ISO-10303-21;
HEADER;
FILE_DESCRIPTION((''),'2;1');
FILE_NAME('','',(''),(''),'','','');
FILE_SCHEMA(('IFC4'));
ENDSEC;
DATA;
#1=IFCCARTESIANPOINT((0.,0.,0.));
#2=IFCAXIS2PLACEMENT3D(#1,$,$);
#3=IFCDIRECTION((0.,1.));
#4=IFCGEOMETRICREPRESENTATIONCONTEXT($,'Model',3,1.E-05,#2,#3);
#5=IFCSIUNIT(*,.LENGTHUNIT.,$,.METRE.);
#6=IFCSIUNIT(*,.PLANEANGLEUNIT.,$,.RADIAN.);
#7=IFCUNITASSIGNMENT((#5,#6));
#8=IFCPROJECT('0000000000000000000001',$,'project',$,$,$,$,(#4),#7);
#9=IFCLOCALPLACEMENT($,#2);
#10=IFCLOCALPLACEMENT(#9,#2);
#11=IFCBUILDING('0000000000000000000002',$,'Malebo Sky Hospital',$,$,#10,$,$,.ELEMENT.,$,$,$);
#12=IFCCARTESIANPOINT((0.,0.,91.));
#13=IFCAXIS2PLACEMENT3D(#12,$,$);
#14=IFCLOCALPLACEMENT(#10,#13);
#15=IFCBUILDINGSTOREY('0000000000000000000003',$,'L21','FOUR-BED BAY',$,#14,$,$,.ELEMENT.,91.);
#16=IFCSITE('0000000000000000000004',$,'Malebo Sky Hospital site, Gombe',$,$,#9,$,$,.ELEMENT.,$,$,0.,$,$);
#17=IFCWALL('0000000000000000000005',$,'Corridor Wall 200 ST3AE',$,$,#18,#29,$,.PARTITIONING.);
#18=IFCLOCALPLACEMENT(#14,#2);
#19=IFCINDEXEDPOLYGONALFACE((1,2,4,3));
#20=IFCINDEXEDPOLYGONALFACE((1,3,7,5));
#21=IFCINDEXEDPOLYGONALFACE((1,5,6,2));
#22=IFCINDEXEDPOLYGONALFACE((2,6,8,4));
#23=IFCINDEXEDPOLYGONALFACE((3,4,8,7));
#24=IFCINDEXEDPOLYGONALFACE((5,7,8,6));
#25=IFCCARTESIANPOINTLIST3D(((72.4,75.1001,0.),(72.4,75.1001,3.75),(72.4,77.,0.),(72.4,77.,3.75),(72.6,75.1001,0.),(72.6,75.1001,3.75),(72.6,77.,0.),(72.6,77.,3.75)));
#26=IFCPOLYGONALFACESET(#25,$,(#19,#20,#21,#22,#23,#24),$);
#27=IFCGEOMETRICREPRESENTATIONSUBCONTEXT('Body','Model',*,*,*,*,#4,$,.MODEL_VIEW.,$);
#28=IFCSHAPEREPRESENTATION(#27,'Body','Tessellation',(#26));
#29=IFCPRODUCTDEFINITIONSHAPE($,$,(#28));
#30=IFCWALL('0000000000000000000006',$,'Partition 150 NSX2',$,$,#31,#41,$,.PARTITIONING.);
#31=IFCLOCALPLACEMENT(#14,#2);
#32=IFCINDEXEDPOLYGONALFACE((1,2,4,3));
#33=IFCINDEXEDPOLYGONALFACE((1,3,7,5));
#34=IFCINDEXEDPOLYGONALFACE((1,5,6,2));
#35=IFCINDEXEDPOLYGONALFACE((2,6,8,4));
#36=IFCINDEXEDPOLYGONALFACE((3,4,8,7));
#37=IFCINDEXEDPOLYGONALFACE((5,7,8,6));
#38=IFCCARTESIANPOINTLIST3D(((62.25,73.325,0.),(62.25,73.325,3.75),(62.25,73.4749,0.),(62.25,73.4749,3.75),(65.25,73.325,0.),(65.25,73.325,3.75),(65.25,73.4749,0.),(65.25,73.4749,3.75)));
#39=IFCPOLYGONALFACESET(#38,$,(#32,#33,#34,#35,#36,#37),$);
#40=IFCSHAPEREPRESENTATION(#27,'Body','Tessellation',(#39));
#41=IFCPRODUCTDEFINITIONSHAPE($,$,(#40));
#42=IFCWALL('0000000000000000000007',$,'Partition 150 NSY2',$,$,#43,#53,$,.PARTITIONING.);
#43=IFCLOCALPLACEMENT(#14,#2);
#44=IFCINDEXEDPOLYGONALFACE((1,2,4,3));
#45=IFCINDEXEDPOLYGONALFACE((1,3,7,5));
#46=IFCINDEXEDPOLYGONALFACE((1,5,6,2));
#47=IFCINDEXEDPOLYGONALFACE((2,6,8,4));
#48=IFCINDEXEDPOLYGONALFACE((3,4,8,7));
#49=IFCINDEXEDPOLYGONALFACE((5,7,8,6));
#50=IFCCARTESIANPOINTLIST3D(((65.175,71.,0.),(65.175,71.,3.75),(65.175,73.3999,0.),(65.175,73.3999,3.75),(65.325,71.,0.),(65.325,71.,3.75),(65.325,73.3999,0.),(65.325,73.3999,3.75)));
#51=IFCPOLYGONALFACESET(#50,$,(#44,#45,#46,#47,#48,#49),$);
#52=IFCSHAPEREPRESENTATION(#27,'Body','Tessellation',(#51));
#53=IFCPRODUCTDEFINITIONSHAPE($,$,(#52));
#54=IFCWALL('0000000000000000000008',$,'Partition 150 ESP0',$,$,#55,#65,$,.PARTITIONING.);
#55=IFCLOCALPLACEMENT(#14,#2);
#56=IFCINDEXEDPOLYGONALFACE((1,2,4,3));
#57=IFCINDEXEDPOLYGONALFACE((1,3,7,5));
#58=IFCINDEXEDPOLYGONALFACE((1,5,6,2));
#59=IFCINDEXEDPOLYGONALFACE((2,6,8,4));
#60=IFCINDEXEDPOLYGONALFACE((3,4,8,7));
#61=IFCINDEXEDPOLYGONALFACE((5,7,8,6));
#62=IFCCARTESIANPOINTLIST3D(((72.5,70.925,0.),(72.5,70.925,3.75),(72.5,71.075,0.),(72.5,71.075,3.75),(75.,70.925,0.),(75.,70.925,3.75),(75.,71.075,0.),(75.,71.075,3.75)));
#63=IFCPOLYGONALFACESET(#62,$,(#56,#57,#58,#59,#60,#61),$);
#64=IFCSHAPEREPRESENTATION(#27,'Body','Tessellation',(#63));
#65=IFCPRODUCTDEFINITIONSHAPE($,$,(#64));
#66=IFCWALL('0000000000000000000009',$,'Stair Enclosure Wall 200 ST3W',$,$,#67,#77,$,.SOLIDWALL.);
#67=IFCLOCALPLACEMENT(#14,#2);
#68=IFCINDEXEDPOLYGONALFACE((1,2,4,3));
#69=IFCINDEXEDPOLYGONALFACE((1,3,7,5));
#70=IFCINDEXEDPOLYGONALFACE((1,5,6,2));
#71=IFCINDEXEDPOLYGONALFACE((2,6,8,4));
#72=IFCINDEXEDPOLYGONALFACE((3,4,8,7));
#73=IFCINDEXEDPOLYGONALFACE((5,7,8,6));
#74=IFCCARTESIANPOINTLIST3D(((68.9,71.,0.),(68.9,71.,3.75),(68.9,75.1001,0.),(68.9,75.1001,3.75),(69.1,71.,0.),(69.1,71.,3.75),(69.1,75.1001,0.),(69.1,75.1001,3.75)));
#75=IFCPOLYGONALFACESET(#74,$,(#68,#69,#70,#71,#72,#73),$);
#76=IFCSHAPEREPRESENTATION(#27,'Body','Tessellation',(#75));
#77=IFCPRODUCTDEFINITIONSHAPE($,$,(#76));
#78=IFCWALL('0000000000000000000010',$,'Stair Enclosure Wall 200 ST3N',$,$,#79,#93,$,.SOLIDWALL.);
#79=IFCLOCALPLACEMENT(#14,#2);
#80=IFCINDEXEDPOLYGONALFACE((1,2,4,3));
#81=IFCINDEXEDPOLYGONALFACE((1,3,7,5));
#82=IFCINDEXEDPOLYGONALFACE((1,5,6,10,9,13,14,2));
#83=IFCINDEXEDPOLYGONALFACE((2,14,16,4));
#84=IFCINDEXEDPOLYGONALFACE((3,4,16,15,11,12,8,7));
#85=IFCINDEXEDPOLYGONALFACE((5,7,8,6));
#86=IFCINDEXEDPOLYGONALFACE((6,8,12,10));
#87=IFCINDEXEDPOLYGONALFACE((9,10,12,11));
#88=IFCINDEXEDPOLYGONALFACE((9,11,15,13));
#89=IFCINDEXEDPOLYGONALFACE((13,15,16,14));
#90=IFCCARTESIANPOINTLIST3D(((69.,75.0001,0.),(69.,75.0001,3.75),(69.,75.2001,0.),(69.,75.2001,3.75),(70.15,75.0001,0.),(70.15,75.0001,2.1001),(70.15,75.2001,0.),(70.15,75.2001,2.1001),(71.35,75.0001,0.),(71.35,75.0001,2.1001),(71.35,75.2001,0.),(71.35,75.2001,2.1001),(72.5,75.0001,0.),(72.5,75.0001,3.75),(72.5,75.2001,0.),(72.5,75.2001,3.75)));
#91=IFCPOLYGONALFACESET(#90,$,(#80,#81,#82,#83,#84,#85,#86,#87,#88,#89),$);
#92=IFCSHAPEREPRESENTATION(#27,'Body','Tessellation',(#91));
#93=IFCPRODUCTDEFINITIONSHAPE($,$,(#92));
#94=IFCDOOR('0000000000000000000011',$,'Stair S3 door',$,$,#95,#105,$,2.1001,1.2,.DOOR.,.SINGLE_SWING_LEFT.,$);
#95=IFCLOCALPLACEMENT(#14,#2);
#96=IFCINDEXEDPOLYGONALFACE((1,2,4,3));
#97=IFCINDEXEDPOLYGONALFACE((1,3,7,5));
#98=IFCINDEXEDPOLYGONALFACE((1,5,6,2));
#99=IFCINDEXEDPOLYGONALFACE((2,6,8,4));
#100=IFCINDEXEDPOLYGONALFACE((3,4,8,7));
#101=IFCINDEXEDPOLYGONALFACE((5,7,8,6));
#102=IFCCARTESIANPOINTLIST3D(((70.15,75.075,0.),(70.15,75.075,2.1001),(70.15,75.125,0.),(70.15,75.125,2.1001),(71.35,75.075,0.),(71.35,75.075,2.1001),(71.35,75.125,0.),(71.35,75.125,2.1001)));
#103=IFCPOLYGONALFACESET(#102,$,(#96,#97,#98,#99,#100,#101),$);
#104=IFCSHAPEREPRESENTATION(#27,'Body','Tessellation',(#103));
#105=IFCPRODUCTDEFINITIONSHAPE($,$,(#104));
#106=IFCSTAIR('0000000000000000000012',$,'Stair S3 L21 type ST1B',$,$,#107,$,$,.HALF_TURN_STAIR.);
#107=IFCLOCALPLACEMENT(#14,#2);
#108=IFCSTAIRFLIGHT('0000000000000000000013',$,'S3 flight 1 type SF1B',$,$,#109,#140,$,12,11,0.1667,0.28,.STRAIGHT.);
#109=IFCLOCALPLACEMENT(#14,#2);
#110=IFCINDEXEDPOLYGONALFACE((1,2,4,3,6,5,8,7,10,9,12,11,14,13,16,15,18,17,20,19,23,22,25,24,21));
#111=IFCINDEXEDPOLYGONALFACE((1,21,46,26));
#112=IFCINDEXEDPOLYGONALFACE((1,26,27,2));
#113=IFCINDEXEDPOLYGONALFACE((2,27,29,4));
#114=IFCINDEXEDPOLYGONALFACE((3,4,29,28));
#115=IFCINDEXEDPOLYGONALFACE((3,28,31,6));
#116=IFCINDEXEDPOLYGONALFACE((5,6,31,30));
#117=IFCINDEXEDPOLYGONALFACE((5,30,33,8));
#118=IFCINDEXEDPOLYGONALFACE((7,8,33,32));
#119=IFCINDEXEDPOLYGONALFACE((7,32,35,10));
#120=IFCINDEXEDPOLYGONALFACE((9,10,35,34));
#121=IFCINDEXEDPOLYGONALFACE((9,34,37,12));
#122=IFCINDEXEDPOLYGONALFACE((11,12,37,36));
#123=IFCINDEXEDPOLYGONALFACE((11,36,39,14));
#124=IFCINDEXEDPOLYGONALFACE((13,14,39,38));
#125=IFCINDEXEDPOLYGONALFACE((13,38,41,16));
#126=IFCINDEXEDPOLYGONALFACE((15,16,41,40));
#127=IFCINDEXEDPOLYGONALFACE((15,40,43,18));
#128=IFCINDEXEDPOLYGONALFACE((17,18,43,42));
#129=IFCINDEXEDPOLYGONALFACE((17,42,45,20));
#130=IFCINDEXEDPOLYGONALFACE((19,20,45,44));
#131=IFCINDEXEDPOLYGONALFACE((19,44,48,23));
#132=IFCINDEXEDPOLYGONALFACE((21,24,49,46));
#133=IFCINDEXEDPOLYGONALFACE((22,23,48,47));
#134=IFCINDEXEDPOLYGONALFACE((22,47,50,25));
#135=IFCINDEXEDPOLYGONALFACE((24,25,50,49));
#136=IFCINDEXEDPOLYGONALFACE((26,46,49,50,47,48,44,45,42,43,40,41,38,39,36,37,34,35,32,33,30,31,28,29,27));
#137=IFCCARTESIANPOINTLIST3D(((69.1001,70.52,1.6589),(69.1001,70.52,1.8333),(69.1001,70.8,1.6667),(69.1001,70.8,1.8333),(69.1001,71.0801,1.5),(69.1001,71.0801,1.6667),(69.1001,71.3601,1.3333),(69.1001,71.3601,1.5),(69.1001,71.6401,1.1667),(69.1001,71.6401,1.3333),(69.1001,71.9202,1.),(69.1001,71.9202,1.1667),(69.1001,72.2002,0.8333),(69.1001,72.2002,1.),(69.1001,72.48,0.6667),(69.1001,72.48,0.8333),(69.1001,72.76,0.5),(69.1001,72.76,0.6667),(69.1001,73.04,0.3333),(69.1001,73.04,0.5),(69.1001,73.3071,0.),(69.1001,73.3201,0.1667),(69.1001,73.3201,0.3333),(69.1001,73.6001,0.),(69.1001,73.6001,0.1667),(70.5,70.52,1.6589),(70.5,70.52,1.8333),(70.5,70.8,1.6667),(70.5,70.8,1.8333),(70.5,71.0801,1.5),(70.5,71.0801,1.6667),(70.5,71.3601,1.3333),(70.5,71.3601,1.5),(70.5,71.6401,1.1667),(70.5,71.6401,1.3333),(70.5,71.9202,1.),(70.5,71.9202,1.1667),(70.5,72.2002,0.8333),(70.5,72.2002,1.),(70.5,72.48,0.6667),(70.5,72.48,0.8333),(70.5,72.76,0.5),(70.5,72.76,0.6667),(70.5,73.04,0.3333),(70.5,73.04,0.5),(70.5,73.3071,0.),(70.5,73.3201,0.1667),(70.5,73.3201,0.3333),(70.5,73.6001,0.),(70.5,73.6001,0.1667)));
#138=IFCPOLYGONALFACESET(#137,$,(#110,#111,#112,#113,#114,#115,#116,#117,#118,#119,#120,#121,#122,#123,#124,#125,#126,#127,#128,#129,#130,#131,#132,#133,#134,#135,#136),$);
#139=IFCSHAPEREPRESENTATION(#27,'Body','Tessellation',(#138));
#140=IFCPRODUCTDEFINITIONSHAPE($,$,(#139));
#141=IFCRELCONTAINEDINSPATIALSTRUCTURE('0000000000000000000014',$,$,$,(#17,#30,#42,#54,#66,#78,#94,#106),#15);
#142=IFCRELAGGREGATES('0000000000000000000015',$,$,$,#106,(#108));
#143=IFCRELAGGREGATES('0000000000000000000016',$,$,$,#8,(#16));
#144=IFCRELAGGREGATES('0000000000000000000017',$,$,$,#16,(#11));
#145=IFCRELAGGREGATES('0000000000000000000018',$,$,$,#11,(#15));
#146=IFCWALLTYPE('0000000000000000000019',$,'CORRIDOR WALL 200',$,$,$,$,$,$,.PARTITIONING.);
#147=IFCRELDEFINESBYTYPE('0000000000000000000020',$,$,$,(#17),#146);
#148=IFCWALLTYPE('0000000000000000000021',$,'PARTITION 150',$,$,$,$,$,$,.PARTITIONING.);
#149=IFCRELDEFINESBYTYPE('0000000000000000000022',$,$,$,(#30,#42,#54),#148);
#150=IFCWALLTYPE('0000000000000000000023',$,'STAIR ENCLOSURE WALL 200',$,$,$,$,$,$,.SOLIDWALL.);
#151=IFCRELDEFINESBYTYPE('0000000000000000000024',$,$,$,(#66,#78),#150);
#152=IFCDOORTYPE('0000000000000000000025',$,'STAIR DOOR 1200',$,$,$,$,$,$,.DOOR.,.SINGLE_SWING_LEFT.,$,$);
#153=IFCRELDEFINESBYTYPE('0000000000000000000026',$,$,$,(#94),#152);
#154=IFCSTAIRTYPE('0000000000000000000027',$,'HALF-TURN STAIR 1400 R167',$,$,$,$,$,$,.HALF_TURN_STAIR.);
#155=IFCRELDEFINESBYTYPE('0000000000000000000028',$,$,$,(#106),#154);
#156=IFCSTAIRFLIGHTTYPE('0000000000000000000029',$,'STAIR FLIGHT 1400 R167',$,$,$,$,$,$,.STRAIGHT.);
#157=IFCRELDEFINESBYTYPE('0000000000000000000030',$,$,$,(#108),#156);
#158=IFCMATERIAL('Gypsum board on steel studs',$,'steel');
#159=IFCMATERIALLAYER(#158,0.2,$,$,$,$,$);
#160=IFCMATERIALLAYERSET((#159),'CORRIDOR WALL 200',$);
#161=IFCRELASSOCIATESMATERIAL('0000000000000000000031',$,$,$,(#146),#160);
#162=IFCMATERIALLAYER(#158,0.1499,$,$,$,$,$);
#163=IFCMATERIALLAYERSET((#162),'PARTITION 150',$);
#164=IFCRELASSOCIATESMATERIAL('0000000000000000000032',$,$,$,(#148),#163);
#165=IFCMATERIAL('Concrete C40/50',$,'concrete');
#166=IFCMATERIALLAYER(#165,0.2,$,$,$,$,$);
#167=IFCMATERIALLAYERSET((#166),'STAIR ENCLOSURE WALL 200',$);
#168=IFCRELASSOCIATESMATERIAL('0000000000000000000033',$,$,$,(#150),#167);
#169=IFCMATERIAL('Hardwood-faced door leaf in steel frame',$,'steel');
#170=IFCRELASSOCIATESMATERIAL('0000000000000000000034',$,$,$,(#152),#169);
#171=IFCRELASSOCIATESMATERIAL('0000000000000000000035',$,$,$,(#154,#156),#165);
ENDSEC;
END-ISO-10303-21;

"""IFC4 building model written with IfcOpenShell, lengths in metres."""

from ifc_helpers import new_model, si_unit, direction, frame, frame_2d, origin, place, context, subcontext, project, spatial, polyline, rectangle, outline, extrude, material, layer, layer_set, type_object, element, fill, aggregate, save


model = new_model("IFC4")

# Units and contexts
model_context = context("Model", 3, precision=1e-05, world=origin(), true_north=direction((0.0, 1.0)))
body_context = subcontext(model_context, "Body", "Model", "MODEL_VIEW")
ifc_project = project(units=[si_unit("LENGTHUNIT", "METRE"), si_unit("PLANEANGLEUNIT", "RADIAN")], contexts=[model_context])

# Site, building, storey
site_placement = place(None, origin())
site = spatial("IfcSite", under=ifc_project, at=site_placement, Name="Malebo Sky Hospital site, Gombe", CompositionType="ELEMENT", RefElevation=0.0)
building_placement = place(site_placement, origin())
building = spatial("IfcBuilding", under=site, at=building_placement, Name="Malebo Sky Hospital", CompositionType="ELEMENT")
storey_placement = place(building_placement, frame((0.0, 0.0, 91.0)))
storey = spatial("IfcBuildingStorey", under=building, at=storey_placement, Name="L21", Description="FOUR-BED BAY", CompositionType="ELEMENT", Elevation=91.0)

# Shared definitions
ifc_material_1 = material(Name="Gypsum board on steel studs", Category="steel")
ifc_layer_1 = layer(ifc_material_1, 0.2)
ifc_layer_set_1 = layer_set([ifc_layer_1], Name="CORRIDOR WALL 200")
wall_type_1 = type_object("IfcWallType", Name="CORRIDOR WALL 200", PredefinedType="PARTITIONING", material=ifc_layer_set_1)
ifc_material_2 = material(Name="Hardwood-faced door leaf in steel frame", Category="steel")

# Walls
for number, where, z_axis, x_axis, name in (
    (1, (72.5, 75.1001, 0.0), (0.0, 0.0, 1.0), (0.0, 1.0, 0.0), "Corridor Wall 200 ST3AE"),
):
    element("IfcWall", number, at=place(storey_placement, frame(where, z_axis=z_axis, x_axis=x_axis)), inside=storey, type_object=wall_type_1, Name=name, PredefinedType="PARTITIONING", context=body_context, shape_type="SweptSolid", body=[
        extrude(rectangle(XDim=1.8999, YDim=0.2, at=frame_2d((0.95, 0.0))), origin(), (0.0, 0.0, 1.0), 3.75),
    ])
ifc_layer_2 = layer(ifc_material_1, 0.1499)
ifc_layer_set_2 = layer_set([ifc_layer_2], Name="PARTITION 150")
wall_type_2 = type_object("IfcWallType", Name="PARTITION 150", PredefinedType="PARTITIONING", material=ifc_layer_set_2)
wall_1_placement = place(storey_placement, frame((62.25, 73.3999, 0.0), z_axis=(0.0, 0.0, 1.0), x_axis=(1.0, 0.0, 0.0)))
element("IfcWall", 2, at=wall_1_placement, inside=storey, type_object=wall_type_2, Name="Partition 150 NSX2", PredefinedType="PARTITIONING", context=body_context, shape_type="SweptSolid", body=[
    extrude(rectangle(XDim=3.0, YDim=0.1499, at=frame_2d((1.5, 0.0))), origin(), (0.0, 0.0, 1.0), 3.75),
])
wall_2_placement = place(storey_placement, frame((65.25, 71.0, 0.0), z_axis=(0.0, 0.0, 1.0), x_axis=(0.0, 1.0, 0.0)))
element("IfcWall", 3, at=wall_2_placement, inside=storey, type_object=wall_type_2, Name="Partition 150 NSY2", PredefinedType="PARTITIONING", context=body_context, shape_type="SweptSolid", body=[
    extrude(rectangle(XDim=2.3999, YDim=0.1499, at=frame_2d((1.2, 0.0))), origin(), (0.0, 0.0, 1.0), 3.75),
])
wall_3_placement = place(storey_placement, frame((72.5, 71.0, 0.0), z_axis=(0.0, 0.0, 1.0), x_axis=(1.0, 0.0, 0.0)))
element("IfcWall", 4, at=wall_3_placement, inside=storey, type_object=wall_type_2, Name="Partition 150 ESP0", PredefinedType="PARTITIONING", context=body_context, shape_type="SweptSolid", body=[
    extrude(rectangle(XDim=2.5, YDim=0.1499, at=frame_2d((1.25, 0.0))), origin(), (0.0, 0.0, 1.0), 3.75),
])
ifc_material_3 = material(Name="Concrete C40/50", Category="concrete")
ifc_layer_3 = layer(ifc_material_3, 0.2)
ifc_layer_set_3 = layer_set([ifc_layer_3], Name="STAIR ENCLOSURE WALL 200")
wall_type_3 = type_object("IfcWallType", Name="STAIR ENCLOSURE WALL 200", PredefinedType="SOLIDWALL", material=ifc_layer_set_3)
wall_4_placement = place(storey_placement, frame((69.0, 71.0, 0.0), z_axis=(0.0, 0.0, 1.0), x_axis=(0.0, 1.0, 0.0)))
element("IfcWall", 5, at=wall_4_placement, inside=storey, type_object=wall_type_3, Name="Stair Enclosure Wall 200 ST3W", PredefinedType="SOLIDWALL", context=body_context, shape_type="SweptSolid", body=[
    extrude(rectangle(XDim=4.1001, YDim=0.2, at=frame_2d((2.05, 0.0))), origin(), (0.0, 0.0, 1.0), 3.75),
])

# Wall, opening, door
wall_5_placement = place(storey_placement, frame((69.0, 75.1001, 0.0), z_axis=(0.0, 0.0, 1.0), x_axis=(1.0, 0.0, 0.0)))
wall_5 = element("IfcWall", 6, at=wall_5_placement, inside=storey, type_object=wall_type_3, Name="Stair Enclosure Wall 200 ST3N", PredefinedType="SOLIDWALL", context=body_context, shape_type="SweptSolid", body=[
    extrude(rectangle(XDim=3.5, YDim=0.2, at=frame_2d((1.75, 0.0))), origin(), (0.0, 0.0, 1.0), 3.75),
])
opening_1_placement = place(wall_5_placement, frame((1.1499, 0.0, 0.0)))
opening_1 = element("IfcOpeningElement", 7, at=opening_1_placement, cuts=wall_5, PredefinedType="OPENING", context=body_context, shape_type="SweptSolid", body=[
    extrude(rectangle(XDim=1.2, YDim=2.1001, at=frame_2d((0.6001, 1.05))), frame((0.0, 0.1099, 0.0), z_axis=(0.0, -1.0, 0.0), x_axis=(1.0, 0.0, 0.0)), (0.0, 0.0, 1.0), 0.22),
])
door_type_1 = type_object("IfcDoorType", Name="STAIR DOOR 1200", OperationType="SINGLE_SWING_LEFT", PredefinedType="DOOR", material=ifc_material_2)
door_1_placement = place(opening_1_placement, origin())
door_1 = element("IfcDoor", 8, at=door_1_placement, inside=storey, type_object=door_type_1, Name="Stair S3 door", OperationType="SINGLE_SWING_LEFT", OverallHeight=2.1001, OverallWidth=1.2, PredefinedType="DOOR", context=body_context, shape_type="SweptSolid", body=[
    extrude(rectangle(XDim=1.2, YDim=2.1001, at=frame_2d((0.6001, 1.05))), frame((0.0, 0.0249, 0.0), z_axis=(0.0, -1.0, 0.0), x_axis=(1.0, 0.0, 0.0)), (0.0, 0.0, 1.0), 0.05),
])
fill(opening_1, door_1)

# Stair, stair flight
stair_type = type_object("IfcStairType", Name="HALF-TURN STAIR 1400 R167", PredefinedType="HALF_TURN_STAIR", material=ifc_material_3)
stair_placement = place(storey_placement, origin())
stair = element("IfcStair", 9, at=stair_placement, inside=storey, type_object=stair_type, Name="Stair S3 L21 type ST1B", PredefinedType="HALF_TURN_STAIR")
stair_flight_type = type_object("IfcStairFlightType", Name="STAIR FLIGHT 1400 R167", PredefinedType="STRAIGHT", material=ifc_material_3)
stair_flight_placement = place(storey_placement, frame((69.8, 73.6001, 0.0), z_axis=(0.0, 0.0, 1.0), x_axis=(0.0, -1.0, 0.0)))
stair_flight = element("IfcStairFlight", 10, at=stair_flight_placement, type_object=stair_flight_type, Name="S3 flight 1 type SF1B", NumberOfRisers=12, NumberOfTreads=11, PredefinedType="STRAIGHT", RiserHeight=0.1667, TreadLength=0.28, context=body_context, shape_type="SweptSolid", body=[
    extrude(outline(polyline([(0.0, 0.0), (0.0, 0.1667), (0.28, 0.1667), (0.28, 0.3333), (0.5601, 0.3333), (0.5601, 0.5), (0.8401, 0.5), (0.8401, 0.6667), (1.1201, 0.6667), (1.1201, 0.8333), (1.3999, 0.8333), (1.3999, 1.0), (1.6799, 1.0), (1.6799, 1.1667), (1.96, 1.1667), (1.96, 1.3333), (2.24, 1.3333), (2.24, 1.5), (2.52, 1.5), (2.52, 1.6667), (2.8, 1.6667), (2.8, 1.8333), (3.0801, 1.8333), (3.0801, 2.0), (3.0801, 1.6589), (0.293, 0.0), (0.0, 0.0)])), frame((0.0, 0.7, 0.0), z_axis=(0.0, -1.0, 0.0), x_axis=(1.0, 0.0, 0.0)), (0.0, 0.0, 1.0), 1.3999),
])
aggregate(stair, [stair_flight])

save(model, "model.ifc")
